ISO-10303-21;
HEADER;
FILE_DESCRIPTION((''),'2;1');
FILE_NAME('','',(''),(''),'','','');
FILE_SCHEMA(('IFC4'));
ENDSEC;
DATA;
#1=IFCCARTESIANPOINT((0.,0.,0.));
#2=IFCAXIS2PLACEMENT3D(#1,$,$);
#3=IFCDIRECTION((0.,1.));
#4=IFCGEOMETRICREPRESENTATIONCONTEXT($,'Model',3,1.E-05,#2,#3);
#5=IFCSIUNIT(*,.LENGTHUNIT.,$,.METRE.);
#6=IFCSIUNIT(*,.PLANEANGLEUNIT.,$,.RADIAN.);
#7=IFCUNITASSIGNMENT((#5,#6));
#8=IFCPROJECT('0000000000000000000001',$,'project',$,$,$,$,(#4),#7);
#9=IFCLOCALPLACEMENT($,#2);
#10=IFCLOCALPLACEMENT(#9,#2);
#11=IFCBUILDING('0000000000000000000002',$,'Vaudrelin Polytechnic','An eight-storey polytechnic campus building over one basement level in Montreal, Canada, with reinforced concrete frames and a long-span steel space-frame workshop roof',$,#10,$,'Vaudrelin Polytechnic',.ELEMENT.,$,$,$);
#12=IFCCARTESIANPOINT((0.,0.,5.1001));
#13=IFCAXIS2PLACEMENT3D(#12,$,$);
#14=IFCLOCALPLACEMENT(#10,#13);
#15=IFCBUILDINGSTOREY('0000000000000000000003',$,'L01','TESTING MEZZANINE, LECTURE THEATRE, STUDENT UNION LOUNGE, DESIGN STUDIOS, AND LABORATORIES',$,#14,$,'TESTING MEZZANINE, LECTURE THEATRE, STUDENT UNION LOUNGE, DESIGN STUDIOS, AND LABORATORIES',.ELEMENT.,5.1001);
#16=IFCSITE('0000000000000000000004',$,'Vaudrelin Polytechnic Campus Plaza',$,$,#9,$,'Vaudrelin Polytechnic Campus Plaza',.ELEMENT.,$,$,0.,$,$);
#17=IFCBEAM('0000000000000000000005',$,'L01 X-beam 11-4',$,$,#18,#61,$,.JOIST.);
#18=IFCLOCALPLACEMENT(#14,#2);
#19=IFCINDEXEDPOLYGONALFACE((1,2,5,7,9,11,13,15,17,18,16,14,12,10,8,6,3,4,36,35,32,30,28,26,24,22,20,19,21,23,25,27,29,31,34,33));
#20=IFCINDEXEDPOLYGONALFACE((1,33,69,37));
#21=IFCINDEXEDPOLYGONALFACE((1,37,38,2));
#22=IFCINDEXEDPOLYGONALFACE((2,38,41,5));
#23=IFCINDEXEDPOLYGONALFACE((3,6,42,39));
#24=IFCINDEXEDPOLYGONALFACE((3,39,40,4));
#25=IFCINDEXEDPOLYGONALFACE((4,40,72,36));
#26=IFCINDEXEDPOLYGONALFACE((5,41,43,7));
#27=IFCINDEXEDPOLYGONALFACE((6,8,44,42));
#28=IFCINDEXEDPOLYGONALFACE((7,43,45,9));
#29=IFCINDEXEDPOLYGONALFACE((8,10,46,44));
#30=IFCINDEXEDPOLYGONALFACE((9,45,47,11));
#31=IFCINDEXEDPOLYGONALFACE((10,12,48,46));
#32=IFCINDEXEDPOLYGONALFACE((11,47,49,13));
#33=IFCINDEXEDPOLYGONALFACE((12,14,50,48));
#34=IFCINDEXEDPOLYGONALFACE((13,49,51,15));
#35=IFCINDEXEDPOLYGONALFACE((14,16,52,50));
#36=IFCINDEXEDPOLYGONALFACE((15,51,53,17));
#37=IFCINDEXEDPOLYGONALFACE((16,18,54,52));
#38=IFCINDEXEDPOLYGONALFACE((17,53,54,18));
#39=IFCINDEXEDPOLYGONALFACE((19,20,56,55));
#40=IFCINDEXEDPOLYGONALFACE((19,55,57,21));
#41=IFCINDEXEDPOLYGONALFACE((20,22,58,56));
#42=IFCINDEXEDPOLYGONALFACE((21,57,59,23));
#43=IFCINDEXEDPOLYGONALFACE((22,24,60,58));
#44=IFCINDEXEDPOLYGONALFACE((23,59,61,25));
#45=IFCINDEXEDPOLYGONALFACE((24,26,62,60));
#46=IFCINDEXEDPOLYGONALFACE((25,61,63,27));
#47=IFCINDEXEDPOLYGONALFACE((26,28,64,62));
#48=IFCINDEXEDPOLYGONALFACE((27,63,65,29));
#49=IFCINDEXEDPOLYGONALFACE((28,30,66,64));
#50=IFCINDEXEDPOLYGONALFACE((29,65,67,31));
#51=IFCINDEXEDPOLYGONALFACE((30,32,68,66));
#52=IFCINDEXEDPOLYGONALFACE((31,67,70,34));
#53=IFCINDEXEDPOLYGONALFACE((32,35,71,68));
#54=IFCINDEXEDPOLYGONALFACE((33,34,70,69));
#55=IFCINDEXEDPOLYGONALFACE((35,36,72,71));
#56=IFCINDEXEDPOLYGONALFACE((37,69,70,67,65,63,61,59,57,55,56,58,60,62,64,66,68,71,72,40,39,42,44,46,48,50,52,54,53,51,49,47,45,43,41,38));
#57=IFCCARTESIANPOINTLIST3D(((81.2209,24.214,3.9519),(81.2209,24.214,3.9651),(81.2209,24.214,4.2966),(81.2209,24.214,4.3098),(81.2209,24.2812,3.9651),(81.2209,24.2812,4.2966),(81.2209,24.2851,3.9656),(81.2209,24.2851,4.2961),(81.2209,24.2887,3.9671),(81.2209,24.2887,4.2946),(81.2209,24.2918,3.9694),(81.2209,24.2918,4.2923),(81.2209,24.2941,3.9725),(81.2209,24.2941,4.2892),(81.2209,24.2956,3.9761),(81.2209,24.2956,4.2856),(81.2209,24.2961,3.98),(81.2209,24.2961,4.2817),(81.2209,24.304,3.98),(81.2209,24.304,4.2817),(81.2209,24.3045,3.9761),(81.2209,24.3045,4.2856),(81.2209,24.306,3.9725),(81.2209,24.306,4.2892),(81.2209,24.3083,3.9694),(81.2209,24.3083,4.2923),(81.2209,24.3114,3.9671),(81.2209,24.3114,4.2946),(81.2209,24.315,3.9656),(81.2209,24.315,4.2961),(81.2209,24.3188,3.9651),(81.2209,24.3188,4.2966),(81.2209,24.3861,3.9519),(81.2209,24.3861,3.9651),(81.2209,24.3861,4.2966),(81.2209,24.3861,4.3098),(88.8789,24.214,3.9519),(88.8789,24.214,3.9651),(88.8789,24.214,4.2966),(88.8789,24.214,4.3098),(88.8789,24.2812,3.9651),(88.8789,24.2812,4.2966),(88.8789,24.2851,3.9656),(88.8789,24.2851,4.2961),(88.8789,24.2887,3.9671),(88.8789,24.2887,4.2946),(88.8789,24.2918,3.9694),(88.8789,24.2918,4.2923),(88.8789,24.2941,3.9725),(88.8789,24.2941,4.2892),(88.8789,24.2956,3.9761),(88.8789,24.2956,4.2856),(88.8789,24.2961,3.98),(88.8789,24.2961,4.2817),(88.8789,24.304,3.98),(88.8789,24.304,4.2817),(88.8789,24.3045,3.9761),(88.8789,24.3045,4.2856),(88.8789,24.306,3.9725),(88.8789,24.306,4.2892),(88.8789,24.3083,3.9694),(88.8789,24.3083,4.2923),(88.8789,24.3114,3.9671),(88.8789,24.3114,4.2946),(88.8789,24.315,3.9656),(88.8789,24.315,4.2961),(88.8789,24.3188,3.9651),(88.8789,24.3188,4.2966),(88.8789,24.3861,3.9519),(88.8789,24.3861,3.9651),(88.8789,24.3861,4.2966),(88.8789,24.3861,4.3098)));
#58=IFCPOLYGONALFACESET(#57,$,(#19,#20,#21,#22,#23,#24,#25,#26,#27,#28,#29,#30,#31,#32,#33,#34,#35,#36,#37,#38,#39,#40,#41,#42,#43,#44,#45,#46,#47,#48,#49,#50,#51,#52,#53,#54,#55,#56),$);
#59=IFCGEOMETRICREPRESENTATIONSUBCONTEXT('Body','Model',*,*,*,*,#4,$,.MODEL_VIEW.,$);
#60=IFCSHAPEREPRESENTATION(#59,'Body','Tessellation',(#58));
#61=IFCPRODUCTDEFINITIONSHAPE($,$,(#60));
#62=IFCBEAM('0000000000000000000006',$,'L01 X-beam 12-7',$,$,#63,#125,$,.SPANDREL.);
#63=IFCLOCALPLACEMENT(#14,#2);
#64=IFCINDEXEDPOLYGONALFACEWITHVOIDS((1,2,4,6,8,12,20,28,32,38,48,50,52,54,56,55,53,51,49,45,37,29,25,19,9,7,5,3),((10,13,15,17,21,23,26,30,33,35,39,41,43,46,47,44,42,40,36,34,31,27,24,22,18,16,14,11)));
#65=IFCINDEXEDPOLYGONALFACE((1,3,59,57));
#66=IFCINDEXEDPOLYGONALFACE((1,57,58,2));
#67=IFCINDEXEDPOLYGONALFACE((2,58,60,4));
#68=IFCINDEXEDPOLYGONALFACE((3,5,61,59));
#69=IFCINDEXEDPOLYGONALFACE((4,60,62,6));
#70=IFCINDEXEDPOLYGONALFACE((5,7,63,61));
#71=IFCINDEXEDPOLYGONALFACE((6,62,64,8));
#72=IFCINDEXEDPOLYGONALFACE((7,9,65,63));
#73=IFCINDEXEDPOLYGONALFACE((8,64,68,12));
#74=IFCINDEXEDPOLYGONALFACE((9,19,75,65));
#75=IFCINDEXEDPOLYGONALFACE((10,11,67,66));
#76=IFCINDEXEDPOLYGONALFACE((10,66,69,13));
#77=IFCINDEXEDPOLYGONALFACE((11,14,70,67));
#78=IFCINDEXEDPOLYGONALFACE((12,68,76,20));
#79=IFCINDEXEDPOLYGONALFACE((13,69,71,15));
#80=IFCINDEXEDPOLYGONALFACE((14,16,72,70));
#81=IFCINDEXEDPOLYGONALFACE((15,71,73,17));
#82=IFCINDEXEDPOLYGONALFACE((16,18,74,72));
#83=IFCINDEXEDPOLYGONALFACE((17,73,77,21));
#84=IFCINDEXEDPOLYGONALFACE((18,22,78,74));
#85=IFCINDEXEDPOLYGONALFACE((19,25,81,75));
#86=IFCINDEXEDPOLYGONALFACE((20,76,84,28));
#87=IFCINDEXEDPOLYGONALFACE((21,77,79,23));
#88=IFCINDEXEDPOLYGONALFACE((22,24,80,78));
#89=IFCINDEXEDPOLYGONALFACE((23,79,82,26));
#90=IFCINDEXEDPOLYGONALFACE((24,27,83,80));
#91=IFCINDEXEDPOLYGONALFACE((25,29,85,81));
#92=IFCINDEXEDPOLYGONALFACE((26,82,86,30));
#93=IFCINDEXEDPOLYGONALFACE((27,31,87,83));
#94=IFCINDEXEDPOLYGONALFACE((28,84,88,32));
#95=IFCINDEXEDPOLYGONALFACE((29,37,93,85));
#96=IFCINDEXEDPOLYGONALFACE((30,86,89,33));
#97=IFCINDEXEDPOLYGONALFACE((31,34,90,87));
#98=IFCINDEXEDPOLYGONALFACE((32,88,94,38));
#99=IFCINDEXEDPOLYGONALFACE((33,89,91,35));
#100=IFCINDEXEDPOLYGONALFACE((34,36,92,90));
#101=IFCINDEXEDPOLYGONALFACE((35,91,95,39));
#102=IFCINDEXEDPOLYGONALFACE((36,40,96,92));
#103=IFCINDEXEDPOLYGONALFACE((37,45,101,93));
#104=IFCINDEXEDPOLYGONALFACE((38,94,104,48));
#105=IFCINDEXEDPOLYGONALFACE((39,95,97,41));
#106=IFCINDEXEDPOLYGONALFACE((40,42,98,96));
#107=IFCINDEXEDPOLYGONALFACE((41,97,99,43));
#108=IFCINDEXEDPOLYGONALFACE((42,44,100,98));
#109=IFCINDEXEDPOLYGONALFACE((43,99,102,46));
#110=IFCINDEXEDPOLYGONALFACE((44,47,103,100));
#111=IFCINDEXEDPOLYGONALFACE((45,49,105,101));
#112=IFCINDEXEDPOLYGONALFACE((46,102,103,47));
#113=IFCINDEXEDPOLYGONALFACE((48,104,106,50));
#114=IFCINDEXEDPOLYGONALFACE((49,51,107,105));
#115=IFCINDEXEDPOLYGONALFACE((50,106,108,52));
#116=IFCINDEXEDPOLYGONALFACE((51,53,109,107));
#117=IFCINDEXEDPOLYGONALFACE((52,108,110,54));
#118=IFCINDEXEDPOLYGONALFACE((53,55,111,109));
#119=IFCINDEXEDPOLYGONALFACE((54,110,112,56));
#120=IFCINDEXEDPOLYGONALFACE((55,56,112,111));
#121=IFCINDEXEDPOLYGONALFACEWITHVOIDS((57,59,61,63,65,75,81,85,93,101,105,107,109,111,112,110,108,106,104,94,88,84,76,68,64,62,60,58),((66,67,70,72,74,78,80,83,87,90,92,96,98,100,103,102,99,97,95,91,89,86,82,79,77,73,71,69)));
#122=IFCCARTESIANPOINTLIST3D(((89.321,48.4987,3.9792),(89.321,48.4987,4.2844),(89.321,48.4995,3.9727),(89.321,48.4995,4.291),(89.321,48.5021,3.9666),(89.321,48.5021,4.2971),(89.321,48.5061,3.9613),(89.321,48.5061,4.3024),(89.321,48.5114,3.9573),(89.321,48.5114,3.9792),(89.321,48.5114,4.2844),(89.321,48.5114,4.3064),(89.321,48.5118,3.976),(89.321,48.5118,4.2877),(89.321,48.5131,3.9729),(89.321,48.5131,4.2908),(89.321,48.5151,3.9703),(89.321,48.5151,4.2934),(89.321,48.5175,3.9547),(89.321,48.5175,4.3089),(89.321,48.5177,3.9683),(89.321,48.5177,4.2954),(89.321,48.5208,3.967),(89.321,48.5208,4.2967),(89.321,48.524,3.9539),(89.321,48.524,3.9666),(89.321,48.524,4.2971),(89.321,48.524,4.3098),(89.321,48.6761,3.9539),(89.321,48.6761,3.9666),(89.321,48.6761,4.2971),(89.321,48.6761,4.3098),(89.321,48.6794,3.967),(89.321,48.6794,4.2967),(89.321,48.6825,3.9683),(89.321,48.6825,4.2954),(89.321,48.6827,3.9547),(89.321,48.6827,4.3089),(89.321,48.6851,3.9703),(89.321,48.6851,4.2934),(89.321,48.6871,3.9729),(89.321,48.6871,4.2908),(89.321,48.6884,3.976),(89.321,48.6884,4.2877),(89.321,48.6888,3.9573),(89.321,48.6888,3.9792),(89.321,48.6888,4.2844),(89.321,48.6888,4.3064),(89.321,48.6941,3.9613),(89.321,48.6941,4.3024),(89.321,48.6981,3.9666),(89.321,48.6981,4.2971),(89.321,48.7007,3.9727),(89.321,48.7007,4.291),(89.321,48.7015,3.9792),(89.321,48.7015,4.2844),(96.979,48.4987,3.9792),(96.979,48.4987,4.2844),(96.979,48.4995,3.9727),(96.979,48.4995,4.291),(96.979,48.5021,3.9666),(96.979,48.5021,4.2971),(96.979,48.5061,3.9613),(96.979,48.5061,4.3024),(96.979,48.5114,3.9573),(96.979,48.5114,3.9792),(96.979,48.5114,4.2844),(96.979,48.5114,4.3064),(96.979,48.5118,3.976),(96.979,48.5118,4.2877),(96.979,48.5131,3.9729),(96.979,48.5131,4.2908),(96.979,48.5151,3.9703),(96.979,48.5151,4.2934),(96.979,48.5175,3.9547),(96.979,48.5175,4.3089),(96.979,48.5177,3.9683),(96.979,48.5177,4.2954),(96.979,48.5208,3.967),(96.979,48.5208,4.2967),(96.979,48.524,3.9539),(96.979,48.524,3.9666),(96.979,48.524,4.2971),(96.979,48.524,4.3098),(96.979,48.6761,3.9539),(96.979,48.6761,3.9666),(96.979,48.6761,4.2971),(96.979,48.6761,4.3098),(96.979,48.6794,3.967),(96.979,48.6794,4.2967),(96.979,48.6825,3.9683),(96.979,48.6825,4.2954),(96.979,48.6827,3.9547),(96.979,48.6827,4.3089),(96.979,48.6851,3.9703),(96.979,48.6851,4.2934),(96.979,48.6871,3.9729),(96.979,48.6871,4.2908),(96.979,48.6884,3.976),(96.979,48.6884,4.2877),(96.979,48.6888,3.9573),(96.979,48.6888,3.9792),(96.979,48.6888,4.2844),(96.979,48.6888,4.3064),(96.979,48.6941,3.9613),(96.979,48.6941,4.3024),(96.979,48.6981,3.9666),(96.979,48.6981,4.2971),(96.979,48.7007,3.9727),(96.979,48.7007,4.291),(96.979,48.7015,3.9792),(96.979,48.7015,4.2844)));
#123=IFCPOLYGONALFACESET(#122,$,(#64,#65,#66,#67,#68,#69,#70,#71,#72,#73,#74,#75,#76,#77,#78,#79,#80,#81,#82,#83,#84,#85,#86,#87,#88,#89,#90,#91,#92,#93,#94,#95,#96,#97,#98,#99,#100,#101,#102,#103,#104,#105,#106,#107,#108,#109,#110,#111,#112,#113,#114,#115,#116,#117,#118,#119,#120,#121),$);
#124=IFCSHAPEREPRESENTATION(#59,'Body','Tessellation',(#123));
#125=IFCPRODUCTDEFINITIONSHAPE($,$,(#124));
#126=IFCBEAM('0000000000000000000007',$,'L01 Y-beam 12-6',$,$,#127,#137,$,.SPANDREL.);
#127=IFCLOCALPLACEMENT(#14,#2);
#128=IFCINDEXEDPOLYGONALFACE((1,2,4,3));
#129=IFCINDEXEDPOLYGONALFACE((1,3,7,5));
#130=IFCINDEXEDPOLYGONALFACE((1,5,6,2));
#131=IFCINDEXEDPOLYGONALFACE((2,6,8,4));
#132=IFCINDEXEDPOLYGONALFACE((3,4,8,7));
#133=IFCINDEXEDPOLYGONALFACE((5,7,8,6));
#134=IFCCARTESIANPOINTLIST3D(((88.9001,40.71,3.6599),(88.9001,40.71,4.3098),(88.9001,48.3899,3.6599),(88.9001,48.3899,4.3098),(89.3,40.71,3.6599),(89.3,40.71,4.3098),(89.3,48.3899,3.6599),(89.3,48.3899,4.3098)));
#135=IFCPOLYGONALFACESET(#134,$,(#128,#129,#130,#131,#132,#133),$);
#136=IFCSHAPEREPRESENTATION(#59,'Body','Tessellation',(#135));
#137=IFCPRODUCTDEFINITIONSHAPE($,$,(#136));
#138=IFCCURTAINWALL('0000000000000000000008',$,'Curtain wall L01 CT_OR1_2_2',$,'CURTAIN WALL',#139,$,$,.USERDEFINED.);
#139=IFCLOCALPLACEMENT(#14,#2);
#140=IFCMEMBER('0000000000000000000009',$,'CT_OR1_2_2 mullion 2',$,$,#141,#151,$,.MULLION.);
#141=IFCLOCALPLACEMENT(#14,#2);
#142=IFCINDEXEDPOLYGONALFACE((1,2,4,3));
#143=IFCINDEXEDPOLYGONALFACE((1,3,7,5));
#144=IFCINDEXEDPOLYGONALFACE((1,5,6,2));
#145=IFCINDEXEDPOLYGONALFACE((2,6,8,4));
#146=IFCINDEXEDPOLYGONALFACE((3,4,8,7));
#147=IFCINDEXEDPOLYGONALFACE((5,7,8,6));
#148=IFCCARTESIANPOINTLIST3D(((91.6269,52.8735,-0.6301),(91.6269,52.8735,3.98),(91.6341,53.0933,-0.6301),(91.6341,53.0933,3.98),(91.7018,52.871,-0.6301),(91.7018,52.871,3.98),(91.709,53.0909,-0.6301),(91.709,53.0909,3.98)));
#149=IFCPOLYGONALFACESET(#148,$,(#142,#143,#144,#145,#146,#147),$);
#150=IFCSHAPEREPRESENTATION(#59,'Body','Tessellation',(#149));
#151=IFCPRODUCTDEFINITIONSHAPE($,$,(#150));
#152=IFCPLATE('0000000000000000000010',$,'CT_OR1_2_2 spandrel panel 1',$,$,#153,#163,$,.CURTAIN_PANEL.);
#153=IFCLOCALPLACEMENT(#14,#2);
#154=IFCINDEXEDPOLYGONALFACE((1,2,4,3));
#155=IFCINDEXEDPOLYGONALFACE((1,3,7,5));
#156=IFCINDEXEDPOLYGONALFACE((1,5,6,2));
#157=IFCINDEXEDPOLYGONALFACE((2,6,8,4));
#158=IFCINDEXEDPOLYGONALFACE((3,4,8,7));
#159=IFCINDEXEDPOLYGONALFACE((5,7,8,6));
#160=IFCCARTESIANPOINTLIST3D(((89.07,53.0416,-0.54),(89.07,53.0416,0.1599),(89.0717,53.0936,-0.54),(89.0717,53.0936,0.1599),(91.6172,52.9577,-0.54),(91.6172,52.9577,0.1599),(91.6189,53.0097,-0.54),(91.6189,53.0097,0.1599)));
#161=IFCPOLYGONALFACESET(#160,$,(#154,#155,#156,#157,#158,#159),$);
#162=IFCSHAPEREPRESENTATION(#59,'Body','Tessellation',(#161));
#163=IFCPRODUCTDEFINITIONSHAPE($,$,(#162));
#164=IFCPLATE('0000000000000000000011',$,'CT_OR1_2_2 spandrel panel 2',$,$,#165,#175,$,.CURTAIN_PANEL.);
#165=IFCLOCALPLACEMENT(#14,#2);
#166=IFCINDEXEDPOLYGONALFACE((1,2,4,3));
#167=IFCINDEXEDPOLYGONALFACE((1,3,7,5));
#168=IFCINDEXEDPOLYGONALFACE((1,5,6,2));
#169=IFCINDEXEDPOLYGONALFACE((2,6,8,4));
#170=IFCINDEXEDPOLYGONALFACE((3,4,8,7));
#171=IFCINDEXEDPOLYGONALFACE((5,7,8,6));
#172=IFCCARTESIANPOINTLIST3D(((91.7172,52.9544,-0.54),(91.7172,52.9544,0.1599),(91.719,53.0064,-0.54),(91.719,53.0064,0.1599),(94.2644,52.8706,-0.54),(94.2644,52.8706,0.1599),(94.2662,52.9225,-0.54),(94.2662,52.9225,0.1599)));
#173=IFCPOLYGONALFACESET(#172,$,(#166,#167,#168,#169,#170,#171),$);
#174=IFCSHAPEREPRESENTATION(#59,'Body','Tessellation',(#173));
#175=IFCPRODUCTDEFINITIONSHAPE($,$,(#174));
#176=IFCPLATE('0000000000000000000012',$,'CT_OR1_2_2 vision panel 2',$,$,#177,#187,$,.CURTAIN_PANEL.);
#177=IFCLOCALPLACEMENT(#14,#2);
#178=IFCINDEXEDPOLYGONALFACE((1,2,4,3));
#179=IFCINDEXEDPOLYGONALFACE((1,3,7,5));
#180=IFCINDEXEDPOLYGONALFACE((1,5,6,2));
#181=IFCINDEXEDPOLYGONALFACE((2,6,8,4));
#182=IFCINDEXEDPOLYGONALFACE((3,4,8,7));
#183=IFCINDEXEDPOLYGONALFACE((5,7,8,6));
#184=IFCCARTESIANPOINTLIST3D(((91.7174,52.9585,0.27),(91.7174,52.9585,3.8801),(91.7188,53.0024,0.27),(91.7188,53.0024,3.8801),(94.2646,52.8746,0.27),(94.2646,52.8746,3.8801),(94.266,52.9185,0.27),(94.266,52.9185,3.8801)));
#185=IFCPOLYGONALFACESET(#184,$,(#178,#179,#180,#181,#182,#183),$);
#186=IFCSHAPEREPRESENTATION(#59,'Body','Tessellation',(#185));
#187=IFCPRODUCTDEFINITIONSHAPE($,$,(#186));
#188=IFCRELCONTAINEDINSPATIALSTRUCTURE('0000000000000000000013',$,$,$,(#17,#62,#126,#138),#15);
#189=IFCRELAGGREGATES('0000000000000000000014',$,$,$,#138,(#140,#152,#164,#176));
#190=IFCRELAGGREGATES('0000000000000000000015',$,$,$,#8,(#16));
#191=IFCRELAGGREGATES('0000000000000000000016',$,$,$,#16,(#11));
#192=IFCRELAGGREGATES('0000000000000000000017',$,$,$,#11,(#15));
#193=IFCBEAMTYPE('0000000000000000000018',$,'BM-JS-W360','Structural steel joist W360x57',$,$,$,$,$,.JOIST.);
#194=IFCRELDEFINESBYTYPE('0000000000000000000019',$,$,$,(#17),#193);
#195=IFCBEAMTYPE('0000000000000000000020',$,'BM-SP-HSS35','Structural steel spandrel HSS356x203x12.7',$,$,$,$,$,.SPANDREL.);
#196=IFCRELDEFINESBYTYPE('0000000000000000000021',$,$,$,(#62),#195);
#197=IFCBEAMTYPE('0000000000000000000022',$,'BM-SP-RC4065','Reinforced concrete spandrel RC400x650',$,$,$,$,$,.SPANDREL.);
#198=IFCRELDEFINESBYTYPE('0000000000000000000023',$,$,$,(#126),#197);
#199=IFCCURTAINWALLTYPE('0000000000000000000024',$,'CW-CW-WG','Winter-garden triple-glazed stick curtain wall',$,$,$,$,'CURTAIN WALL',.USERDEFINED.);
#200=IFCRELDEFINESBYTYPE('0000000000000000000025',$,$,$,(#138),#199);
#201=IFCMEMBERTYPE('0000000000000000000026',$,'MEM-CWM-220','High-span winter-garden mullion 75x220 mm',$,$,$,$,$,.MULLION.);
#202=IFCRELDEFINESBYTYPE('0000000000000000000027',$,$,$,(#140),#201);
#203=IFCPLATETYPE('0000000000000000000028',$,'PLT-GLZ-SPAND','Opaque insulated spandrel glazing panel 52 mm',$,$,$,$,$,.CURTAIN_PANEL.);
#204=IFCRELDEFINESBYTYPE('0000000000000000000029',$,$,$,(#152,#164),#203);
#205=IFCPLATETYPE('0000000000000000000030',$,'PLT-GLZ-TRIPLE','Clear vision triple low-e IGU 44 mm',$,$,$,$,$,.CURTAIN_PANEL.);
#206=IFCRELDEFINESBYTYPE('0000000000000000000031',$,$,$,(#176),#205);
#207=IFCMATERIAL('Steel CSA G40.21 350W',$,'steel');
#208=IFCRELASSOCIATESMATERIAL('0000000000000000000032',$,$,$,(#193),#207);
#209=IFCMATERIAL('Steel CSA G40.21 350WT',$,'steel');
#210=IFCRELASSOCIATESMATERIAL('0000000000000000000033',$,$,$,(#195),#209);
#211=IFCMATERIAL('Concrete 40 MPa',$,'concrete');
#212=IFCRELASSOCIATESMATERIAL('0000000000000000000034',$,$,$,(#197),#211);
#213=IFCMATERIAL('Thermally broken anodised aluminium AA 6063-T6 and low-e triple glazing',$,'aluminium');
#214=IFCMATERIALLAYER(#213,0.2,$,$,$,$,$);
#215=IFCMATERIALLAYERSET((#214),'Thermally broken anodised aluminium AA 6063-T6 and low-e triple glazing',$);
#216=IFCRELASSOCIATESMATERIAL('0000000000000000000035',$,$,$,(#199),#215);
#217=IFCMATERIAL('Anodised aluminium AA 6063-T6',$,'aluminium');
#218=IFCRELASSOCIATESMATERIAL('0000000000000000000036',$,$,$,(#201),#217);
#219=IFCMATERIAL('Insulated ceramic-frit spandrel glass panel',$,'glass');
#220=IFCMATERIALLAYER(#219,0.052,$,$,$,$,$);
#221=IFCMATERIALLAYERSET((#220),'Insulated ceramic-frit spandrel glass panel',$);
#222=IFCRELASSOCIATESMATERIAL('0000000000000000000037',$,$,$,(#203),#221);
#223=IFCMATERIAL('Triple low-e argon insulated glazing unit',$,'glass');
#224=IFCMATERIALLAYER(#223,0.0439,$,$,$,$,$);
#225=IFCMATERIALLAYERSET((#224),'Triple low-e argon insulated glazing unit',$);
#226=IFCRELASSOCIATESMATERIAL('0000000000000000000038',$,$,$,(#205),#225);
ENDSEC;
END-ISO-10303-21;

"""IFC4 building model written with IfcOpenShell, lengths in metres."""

from ifc_helpers import new_model, si_unit, direction, frame, origin, origin_2d, place, context, subcontext, project, spatial, rectangle, hollow_rectangle, i_section, extrude, material, layer, layer_set, material_profile, profile_set, type_object, element, aggregate, save


model = new_model("IFC4")

# Units and contexts
model_context = context("Model", 3, precision=1e-05, world=origin(), true_north=direction((0.0, 1.0)))
body_context = subcontext(model_context, "Body", "Model", "MODEL_VIEW")
ifc_project = project(units=[si_unit("LENGTHUNIT", "METRE"), si_unit("PLANEANGLEUNIT", "RADIAN")], contexts=[model_context])

# Site, building, storey
site_placement = place(None, origin())
site = spatial("IfcSite", under=ifc_project, at=site_placement, Name="Vaudrelin Polytechnic Campus Plaza", LongName="Vaudrelin Polytechnic Campus Plaza", CompositionType="ELEMENT", RefElevation=0.0)
building_placement = place(site_placement, origin())
building = spatial("IfcBuilding", under=site, at=building_placement, Name="Vaudrelin Polytechnic", Description="An eight-storey polytechnic campus building over one basement level in Montreal, Canada, with reinforced concrete frames and a long-span steel space-frame workshop roof", LongName="Vaudrelin Polytechnic", CompositionType="ELEMENT")
storey_placement = place(building_placement, frame((0.0, 0.0, 5.1001)))
storey = spatial("IfcBuildingStorey", under=building, at=storey_placement, Name="L01", Description="TESTING MEZZANINE, LECTURE THEATRE, STUDENT UNION LOUNGE, DESIGN STUDIOS, AND LABORATORIES", LongName="TESTING MEZZANINE, LECTURE THEATRE, STUDENT UNION LOUNGE, DESIGN STUDIOS, AND LABORATORIES", CompositionType="ELEMENT", Elevation=5.1001)

# Shared definitions
ifc_material_1 = material(Name="Concrete 40 MPa", Category="concrete")

# Beams
ifc_material_2 = material(Name="Steel CSA G40.21 350WT", Category="steel")
ifc_material_3 = material(Name="Steel CSA G40.21 350W", Category="steel")
ifc_material_profile_1 = material_profile(ifc_material_3, i_section(OverallWidth=0.1721, OverallDepth=0.3579, WebThickness=0.0078, FlangeThickness=0.0132, FilletRadius=0.0149, at=origin_2d()), Name="W360x57")
ifc_profile_set_1 = profile_set([ifc_material_profile_1], Name="Steel CSA G40.21 350W")
beam_type_1 = type_object("IfcBeamType", Name="BM-JS-W360", Description="Structural steel joist W360x57", PredefinedType="JOIST", material=ifc_profile_set_1)
beam_1_placement = place(storey_placement, frame((81.2209, 24.3, 4.1309), z_axis=(1.0, 0.0, 0.0), x_axis=(0.0, 1.0, 0.0)))
element("IfcBeam", 1, at=beam_1_placement, inside=storey, type_object=beam_type_1, Name="L01 X-beam 11-4", PredefinedType="JOIST", context=body_context, shape_type="SweptSolid", body=[
    extrude(i_section(OverallWidth=0.1721, OverallDepth=0.3579, WebThickness=0.0078, FlangeThickness=0.0132, FilletRadius=0.0149, at=origin_2d()), origin(), (0.0, 0.0, 1.0), 7.658),
])
ifc_material_profile_2 = material_profile(ifc_material_2, hollow_rectangle(XDim=0.2029, YDim=0.356, WallThickness=0.0127, InnerFilletRadius=0.0127, OuterFilletRadius=0.0254, at=origin_2d()), Name="HSS356x203x12.7")
ifc_profile_set_2 = profile_set([ifc_material_profile_2], Name="Steel CSA G40.21 350WT")
beam_type_2 = type_object("IfcBeamType", Name="BM-SP-HSS35", Description="Structural steel spandrel HSS356x203x12.7", PredefinedType="SPANDREL", material=ifc_profile_set_2)
beam_2_placement = place(storey_placement, frame((89.321, 48.6001, 4.1318), z_axis=(1.0, 0.0, 0.0), x_axis=(0.0, 1.0, 0.0)))
element("IfcBeam", 2, at=beam_2_placement, inside=storey, type_object=beam_type_2, Name="L01 X-beam 12-7", PredefinedType="SPANDREL", context=body_context, shape_type="SweptSolid", body=[
    extrude(hollow_rectangle(XDim=0.2029, YDim=0.356, WallThickness=0.0127, InnerFilletRadius=0.0127, OuterFilletRadius=0.0254, at=origin_2d()), origin(), (0.0, 0.0, 1.0), 7.658),
])
ifc_material_profile_3 = material_profile(ifc_material_1, rectangle(XDim=0.3999, YDim=0.6499, at=origin_2d()), Name="RC400x650")
ifc_profile_set_3 = profile_set([ifc_material_profile_3], Name="Concrete 40 MPa")
beam_type_3 = type_object("IfcBeamType", Name="BM-SP-RC4065", Description="Reinforced concrete spandrel RC400x650", PredefinedType="SPANDREL", material=ifc_profile_set_3)
beam_3_placement = place(storey_placement, frame((89.1001, 40.71, 3.9849), z_axis=(0.0, 1.0, 0.0), x_axis=(-1.0, 0.0, 0.0)))
element("IfcBeam", 3, at=beam_3_placement, inside=storey, type_object=beam_type_3, Name="L01 Y-beam 12-6", PredefinedType="SPANDREL", context=body_context, shape_type="SweptSolid", body=[
    extrude(rectangle(XDim=0.3999, YDim=0.6499, at=origin_2d()), origin(), (0.0, 0.0, 1.0), 7.6799),
])

# Curtain wall, member, plates
ifc_material_4 = material(Name="Thermally broken anodised aluminium AA 6063-T6 and low-e triple glazing", Category="aluminium")
ifc_layer_1 = layer(ifc_material_4, 0.2)
ifc_layer_set_1 = layer_set([ifc_layer_1], Name="Thermally broken anodised aluminium AA 6063-T6 and low-e triple glazing")
curtain_wall_type = type_object("IfcCurtainWallType", Name="CW-CW-WG", Description="Winter-garden triple-glazed stick curtain wall", ElementType="CURTAIN WALL", PredefinedType="USERDEFINED", material=ifc_layer_set_1)
curtain_wall_placement = place(storey_placement, origin())
curtain_wall = element("IfcCurtainWall", 4, at=curtain_wall_placement, inside=storey, type_object=curtain_wall_type, Name="Curtain wall L01 CT_OR1_2_2", ObjectType="CURTAIN WALL", PredefinedType="USERDEFINED")
ifc_material_5 = material(Name="Anodised aluminium AA 6063-T6", Category="aluminium")
ifc_material_profile_4 = material_profile(ifc_material_5, rectangle(XDim=0.075, YDim=0.22, at=origin_2d()), Name="CWM-75x220")
ifc_profile_set_4 = profile_set([ifc_material_profile_4], Name="Anodised aluminium AA 6063-T6")
member_type = type_object("IfcMemberType", Name="MEM-CWM-220", Description="High-span winter-garden mullion 75x220 mm", PredefinedType="MULLION", material=ifc_profile_set_4)
member_placement = place(storey_placement, frame((91.668, 52.9822, -0.6301), z_axis=(0.0, 0.0, 1.0), x_axis=(0.999458, -0.03291, 0.0)))
member = element("IfcMember", 5, at=member_placement, type_object=member_type, Name="CT_OR1_2_2 mullion 2", PredefinedType="MULLION", context=body_context, shape_type="SweptSolid", body=[
    extrude(rectangle(XDim=0.075, YDim=0.22, at=origin_2d()), origin(), (0.0, 0.0, 1.0), 4.6101),
])
ifc_material_6 = material(Name="Insulated ceramic-frit spandrel glass panel", Category="glass")
ifc_layer_2 = layer(ifc_material_6, 0.052)
ifc_layer_set_2 = layer_set([ifc_layer_2], Name="Insulated ceramic-frit spandrel glass panel")
plate_type_1 = type_object("IfcPlateType", Name="PLT-GLZ-SPAND", Description="Opaque insulated spandrel glazing panel 52 mm", PredefinedType="CURTAIN_PANEL", material=ifc_layer_set_2)
plate_1_placement = place(storey_placement, frame((90.3445, 53.0256, -0.54), z_axis=(0.0, 0.0, 1.0), x_axis=(0.999458, -0.03291, 0.0)))
plate_1 = element("IfcPlate", 6, at=plate_1_placement, type_object=plate_type_1, Name="CT_OR1_2_2 spandrel panel 1", PredefinedType="CURTAIN_PANEL", context=body_context, shape_type="SweptSolid", body=[
    extrude(rectangle(XDim=2.5486, YDim=0.052, at=origin_2d()), origin(), (0.0, 0.0, 1.0), 0.7),
])
plate_2_placement = place(storey_placement, frame((92.9917, 52.9385, -0.54), z_axis=(0.0, 0.0, 1.0), x_axis=(0.999458, -0.03291, 0.0)))
plate_2 = element("IfcPlate", 7, at=plate_2_placement, type_object=plate_type_1, Name="CT_OR1_2_2 spandrel panel 2", PredefinedType="CURTAIN_PANEL", context=body_context, shape_type="SweptSolid", body=[
    extrude(rectangle(XDim=2.5486, YDim=0.052, at=origin_2d()), origin(), (0.0, 0.0, 1.0), 0.7),
])
ifc_material_7 = material(Name="Triple low-e argon insulated glazing unit", Category="glass")
ifc_layer_3 = layer(ifc_material_7, 0.0439)
ifc_layer_set_3 = layer_set([ifc_layer_3], Name="Triple low-e argon insulated glazing unit")
plate_type_2 = type_object("IfcPlateType", Name="PLT-GLZ-TRIPLE", Description="Clear vision triple low-e IGU 44 mm", PredefinedType="CURTAIN_PANEL", material=ifc_layer_set_3)
plate_3_placement = place(storey_placement, frame((92.9917, 52.9385, 0.27), z_axis=(0.0, 0.0, 1.0), x_axis=(0.999458, -0.03291, 0.0)))
plate_3 = element("IfcPlate", 8, at=plate_3_placement, type_object=plate_type_2, Name="CT_OR1_2_2 vision panel 2", PredefinedType="CURTAIN_PANEL", context=body_context, shape_type="SweptSolid", body=[
    extrude(rectangle(XDim=2.5486, YDim=0.0439, at=origin_2d()), origin(), (0.0, 0.0, 1.0), 3.6101),
])
aggregate(curtain_wall, [member, plate_1, plate_2, plate_3])

save(model, "model.ifc")
